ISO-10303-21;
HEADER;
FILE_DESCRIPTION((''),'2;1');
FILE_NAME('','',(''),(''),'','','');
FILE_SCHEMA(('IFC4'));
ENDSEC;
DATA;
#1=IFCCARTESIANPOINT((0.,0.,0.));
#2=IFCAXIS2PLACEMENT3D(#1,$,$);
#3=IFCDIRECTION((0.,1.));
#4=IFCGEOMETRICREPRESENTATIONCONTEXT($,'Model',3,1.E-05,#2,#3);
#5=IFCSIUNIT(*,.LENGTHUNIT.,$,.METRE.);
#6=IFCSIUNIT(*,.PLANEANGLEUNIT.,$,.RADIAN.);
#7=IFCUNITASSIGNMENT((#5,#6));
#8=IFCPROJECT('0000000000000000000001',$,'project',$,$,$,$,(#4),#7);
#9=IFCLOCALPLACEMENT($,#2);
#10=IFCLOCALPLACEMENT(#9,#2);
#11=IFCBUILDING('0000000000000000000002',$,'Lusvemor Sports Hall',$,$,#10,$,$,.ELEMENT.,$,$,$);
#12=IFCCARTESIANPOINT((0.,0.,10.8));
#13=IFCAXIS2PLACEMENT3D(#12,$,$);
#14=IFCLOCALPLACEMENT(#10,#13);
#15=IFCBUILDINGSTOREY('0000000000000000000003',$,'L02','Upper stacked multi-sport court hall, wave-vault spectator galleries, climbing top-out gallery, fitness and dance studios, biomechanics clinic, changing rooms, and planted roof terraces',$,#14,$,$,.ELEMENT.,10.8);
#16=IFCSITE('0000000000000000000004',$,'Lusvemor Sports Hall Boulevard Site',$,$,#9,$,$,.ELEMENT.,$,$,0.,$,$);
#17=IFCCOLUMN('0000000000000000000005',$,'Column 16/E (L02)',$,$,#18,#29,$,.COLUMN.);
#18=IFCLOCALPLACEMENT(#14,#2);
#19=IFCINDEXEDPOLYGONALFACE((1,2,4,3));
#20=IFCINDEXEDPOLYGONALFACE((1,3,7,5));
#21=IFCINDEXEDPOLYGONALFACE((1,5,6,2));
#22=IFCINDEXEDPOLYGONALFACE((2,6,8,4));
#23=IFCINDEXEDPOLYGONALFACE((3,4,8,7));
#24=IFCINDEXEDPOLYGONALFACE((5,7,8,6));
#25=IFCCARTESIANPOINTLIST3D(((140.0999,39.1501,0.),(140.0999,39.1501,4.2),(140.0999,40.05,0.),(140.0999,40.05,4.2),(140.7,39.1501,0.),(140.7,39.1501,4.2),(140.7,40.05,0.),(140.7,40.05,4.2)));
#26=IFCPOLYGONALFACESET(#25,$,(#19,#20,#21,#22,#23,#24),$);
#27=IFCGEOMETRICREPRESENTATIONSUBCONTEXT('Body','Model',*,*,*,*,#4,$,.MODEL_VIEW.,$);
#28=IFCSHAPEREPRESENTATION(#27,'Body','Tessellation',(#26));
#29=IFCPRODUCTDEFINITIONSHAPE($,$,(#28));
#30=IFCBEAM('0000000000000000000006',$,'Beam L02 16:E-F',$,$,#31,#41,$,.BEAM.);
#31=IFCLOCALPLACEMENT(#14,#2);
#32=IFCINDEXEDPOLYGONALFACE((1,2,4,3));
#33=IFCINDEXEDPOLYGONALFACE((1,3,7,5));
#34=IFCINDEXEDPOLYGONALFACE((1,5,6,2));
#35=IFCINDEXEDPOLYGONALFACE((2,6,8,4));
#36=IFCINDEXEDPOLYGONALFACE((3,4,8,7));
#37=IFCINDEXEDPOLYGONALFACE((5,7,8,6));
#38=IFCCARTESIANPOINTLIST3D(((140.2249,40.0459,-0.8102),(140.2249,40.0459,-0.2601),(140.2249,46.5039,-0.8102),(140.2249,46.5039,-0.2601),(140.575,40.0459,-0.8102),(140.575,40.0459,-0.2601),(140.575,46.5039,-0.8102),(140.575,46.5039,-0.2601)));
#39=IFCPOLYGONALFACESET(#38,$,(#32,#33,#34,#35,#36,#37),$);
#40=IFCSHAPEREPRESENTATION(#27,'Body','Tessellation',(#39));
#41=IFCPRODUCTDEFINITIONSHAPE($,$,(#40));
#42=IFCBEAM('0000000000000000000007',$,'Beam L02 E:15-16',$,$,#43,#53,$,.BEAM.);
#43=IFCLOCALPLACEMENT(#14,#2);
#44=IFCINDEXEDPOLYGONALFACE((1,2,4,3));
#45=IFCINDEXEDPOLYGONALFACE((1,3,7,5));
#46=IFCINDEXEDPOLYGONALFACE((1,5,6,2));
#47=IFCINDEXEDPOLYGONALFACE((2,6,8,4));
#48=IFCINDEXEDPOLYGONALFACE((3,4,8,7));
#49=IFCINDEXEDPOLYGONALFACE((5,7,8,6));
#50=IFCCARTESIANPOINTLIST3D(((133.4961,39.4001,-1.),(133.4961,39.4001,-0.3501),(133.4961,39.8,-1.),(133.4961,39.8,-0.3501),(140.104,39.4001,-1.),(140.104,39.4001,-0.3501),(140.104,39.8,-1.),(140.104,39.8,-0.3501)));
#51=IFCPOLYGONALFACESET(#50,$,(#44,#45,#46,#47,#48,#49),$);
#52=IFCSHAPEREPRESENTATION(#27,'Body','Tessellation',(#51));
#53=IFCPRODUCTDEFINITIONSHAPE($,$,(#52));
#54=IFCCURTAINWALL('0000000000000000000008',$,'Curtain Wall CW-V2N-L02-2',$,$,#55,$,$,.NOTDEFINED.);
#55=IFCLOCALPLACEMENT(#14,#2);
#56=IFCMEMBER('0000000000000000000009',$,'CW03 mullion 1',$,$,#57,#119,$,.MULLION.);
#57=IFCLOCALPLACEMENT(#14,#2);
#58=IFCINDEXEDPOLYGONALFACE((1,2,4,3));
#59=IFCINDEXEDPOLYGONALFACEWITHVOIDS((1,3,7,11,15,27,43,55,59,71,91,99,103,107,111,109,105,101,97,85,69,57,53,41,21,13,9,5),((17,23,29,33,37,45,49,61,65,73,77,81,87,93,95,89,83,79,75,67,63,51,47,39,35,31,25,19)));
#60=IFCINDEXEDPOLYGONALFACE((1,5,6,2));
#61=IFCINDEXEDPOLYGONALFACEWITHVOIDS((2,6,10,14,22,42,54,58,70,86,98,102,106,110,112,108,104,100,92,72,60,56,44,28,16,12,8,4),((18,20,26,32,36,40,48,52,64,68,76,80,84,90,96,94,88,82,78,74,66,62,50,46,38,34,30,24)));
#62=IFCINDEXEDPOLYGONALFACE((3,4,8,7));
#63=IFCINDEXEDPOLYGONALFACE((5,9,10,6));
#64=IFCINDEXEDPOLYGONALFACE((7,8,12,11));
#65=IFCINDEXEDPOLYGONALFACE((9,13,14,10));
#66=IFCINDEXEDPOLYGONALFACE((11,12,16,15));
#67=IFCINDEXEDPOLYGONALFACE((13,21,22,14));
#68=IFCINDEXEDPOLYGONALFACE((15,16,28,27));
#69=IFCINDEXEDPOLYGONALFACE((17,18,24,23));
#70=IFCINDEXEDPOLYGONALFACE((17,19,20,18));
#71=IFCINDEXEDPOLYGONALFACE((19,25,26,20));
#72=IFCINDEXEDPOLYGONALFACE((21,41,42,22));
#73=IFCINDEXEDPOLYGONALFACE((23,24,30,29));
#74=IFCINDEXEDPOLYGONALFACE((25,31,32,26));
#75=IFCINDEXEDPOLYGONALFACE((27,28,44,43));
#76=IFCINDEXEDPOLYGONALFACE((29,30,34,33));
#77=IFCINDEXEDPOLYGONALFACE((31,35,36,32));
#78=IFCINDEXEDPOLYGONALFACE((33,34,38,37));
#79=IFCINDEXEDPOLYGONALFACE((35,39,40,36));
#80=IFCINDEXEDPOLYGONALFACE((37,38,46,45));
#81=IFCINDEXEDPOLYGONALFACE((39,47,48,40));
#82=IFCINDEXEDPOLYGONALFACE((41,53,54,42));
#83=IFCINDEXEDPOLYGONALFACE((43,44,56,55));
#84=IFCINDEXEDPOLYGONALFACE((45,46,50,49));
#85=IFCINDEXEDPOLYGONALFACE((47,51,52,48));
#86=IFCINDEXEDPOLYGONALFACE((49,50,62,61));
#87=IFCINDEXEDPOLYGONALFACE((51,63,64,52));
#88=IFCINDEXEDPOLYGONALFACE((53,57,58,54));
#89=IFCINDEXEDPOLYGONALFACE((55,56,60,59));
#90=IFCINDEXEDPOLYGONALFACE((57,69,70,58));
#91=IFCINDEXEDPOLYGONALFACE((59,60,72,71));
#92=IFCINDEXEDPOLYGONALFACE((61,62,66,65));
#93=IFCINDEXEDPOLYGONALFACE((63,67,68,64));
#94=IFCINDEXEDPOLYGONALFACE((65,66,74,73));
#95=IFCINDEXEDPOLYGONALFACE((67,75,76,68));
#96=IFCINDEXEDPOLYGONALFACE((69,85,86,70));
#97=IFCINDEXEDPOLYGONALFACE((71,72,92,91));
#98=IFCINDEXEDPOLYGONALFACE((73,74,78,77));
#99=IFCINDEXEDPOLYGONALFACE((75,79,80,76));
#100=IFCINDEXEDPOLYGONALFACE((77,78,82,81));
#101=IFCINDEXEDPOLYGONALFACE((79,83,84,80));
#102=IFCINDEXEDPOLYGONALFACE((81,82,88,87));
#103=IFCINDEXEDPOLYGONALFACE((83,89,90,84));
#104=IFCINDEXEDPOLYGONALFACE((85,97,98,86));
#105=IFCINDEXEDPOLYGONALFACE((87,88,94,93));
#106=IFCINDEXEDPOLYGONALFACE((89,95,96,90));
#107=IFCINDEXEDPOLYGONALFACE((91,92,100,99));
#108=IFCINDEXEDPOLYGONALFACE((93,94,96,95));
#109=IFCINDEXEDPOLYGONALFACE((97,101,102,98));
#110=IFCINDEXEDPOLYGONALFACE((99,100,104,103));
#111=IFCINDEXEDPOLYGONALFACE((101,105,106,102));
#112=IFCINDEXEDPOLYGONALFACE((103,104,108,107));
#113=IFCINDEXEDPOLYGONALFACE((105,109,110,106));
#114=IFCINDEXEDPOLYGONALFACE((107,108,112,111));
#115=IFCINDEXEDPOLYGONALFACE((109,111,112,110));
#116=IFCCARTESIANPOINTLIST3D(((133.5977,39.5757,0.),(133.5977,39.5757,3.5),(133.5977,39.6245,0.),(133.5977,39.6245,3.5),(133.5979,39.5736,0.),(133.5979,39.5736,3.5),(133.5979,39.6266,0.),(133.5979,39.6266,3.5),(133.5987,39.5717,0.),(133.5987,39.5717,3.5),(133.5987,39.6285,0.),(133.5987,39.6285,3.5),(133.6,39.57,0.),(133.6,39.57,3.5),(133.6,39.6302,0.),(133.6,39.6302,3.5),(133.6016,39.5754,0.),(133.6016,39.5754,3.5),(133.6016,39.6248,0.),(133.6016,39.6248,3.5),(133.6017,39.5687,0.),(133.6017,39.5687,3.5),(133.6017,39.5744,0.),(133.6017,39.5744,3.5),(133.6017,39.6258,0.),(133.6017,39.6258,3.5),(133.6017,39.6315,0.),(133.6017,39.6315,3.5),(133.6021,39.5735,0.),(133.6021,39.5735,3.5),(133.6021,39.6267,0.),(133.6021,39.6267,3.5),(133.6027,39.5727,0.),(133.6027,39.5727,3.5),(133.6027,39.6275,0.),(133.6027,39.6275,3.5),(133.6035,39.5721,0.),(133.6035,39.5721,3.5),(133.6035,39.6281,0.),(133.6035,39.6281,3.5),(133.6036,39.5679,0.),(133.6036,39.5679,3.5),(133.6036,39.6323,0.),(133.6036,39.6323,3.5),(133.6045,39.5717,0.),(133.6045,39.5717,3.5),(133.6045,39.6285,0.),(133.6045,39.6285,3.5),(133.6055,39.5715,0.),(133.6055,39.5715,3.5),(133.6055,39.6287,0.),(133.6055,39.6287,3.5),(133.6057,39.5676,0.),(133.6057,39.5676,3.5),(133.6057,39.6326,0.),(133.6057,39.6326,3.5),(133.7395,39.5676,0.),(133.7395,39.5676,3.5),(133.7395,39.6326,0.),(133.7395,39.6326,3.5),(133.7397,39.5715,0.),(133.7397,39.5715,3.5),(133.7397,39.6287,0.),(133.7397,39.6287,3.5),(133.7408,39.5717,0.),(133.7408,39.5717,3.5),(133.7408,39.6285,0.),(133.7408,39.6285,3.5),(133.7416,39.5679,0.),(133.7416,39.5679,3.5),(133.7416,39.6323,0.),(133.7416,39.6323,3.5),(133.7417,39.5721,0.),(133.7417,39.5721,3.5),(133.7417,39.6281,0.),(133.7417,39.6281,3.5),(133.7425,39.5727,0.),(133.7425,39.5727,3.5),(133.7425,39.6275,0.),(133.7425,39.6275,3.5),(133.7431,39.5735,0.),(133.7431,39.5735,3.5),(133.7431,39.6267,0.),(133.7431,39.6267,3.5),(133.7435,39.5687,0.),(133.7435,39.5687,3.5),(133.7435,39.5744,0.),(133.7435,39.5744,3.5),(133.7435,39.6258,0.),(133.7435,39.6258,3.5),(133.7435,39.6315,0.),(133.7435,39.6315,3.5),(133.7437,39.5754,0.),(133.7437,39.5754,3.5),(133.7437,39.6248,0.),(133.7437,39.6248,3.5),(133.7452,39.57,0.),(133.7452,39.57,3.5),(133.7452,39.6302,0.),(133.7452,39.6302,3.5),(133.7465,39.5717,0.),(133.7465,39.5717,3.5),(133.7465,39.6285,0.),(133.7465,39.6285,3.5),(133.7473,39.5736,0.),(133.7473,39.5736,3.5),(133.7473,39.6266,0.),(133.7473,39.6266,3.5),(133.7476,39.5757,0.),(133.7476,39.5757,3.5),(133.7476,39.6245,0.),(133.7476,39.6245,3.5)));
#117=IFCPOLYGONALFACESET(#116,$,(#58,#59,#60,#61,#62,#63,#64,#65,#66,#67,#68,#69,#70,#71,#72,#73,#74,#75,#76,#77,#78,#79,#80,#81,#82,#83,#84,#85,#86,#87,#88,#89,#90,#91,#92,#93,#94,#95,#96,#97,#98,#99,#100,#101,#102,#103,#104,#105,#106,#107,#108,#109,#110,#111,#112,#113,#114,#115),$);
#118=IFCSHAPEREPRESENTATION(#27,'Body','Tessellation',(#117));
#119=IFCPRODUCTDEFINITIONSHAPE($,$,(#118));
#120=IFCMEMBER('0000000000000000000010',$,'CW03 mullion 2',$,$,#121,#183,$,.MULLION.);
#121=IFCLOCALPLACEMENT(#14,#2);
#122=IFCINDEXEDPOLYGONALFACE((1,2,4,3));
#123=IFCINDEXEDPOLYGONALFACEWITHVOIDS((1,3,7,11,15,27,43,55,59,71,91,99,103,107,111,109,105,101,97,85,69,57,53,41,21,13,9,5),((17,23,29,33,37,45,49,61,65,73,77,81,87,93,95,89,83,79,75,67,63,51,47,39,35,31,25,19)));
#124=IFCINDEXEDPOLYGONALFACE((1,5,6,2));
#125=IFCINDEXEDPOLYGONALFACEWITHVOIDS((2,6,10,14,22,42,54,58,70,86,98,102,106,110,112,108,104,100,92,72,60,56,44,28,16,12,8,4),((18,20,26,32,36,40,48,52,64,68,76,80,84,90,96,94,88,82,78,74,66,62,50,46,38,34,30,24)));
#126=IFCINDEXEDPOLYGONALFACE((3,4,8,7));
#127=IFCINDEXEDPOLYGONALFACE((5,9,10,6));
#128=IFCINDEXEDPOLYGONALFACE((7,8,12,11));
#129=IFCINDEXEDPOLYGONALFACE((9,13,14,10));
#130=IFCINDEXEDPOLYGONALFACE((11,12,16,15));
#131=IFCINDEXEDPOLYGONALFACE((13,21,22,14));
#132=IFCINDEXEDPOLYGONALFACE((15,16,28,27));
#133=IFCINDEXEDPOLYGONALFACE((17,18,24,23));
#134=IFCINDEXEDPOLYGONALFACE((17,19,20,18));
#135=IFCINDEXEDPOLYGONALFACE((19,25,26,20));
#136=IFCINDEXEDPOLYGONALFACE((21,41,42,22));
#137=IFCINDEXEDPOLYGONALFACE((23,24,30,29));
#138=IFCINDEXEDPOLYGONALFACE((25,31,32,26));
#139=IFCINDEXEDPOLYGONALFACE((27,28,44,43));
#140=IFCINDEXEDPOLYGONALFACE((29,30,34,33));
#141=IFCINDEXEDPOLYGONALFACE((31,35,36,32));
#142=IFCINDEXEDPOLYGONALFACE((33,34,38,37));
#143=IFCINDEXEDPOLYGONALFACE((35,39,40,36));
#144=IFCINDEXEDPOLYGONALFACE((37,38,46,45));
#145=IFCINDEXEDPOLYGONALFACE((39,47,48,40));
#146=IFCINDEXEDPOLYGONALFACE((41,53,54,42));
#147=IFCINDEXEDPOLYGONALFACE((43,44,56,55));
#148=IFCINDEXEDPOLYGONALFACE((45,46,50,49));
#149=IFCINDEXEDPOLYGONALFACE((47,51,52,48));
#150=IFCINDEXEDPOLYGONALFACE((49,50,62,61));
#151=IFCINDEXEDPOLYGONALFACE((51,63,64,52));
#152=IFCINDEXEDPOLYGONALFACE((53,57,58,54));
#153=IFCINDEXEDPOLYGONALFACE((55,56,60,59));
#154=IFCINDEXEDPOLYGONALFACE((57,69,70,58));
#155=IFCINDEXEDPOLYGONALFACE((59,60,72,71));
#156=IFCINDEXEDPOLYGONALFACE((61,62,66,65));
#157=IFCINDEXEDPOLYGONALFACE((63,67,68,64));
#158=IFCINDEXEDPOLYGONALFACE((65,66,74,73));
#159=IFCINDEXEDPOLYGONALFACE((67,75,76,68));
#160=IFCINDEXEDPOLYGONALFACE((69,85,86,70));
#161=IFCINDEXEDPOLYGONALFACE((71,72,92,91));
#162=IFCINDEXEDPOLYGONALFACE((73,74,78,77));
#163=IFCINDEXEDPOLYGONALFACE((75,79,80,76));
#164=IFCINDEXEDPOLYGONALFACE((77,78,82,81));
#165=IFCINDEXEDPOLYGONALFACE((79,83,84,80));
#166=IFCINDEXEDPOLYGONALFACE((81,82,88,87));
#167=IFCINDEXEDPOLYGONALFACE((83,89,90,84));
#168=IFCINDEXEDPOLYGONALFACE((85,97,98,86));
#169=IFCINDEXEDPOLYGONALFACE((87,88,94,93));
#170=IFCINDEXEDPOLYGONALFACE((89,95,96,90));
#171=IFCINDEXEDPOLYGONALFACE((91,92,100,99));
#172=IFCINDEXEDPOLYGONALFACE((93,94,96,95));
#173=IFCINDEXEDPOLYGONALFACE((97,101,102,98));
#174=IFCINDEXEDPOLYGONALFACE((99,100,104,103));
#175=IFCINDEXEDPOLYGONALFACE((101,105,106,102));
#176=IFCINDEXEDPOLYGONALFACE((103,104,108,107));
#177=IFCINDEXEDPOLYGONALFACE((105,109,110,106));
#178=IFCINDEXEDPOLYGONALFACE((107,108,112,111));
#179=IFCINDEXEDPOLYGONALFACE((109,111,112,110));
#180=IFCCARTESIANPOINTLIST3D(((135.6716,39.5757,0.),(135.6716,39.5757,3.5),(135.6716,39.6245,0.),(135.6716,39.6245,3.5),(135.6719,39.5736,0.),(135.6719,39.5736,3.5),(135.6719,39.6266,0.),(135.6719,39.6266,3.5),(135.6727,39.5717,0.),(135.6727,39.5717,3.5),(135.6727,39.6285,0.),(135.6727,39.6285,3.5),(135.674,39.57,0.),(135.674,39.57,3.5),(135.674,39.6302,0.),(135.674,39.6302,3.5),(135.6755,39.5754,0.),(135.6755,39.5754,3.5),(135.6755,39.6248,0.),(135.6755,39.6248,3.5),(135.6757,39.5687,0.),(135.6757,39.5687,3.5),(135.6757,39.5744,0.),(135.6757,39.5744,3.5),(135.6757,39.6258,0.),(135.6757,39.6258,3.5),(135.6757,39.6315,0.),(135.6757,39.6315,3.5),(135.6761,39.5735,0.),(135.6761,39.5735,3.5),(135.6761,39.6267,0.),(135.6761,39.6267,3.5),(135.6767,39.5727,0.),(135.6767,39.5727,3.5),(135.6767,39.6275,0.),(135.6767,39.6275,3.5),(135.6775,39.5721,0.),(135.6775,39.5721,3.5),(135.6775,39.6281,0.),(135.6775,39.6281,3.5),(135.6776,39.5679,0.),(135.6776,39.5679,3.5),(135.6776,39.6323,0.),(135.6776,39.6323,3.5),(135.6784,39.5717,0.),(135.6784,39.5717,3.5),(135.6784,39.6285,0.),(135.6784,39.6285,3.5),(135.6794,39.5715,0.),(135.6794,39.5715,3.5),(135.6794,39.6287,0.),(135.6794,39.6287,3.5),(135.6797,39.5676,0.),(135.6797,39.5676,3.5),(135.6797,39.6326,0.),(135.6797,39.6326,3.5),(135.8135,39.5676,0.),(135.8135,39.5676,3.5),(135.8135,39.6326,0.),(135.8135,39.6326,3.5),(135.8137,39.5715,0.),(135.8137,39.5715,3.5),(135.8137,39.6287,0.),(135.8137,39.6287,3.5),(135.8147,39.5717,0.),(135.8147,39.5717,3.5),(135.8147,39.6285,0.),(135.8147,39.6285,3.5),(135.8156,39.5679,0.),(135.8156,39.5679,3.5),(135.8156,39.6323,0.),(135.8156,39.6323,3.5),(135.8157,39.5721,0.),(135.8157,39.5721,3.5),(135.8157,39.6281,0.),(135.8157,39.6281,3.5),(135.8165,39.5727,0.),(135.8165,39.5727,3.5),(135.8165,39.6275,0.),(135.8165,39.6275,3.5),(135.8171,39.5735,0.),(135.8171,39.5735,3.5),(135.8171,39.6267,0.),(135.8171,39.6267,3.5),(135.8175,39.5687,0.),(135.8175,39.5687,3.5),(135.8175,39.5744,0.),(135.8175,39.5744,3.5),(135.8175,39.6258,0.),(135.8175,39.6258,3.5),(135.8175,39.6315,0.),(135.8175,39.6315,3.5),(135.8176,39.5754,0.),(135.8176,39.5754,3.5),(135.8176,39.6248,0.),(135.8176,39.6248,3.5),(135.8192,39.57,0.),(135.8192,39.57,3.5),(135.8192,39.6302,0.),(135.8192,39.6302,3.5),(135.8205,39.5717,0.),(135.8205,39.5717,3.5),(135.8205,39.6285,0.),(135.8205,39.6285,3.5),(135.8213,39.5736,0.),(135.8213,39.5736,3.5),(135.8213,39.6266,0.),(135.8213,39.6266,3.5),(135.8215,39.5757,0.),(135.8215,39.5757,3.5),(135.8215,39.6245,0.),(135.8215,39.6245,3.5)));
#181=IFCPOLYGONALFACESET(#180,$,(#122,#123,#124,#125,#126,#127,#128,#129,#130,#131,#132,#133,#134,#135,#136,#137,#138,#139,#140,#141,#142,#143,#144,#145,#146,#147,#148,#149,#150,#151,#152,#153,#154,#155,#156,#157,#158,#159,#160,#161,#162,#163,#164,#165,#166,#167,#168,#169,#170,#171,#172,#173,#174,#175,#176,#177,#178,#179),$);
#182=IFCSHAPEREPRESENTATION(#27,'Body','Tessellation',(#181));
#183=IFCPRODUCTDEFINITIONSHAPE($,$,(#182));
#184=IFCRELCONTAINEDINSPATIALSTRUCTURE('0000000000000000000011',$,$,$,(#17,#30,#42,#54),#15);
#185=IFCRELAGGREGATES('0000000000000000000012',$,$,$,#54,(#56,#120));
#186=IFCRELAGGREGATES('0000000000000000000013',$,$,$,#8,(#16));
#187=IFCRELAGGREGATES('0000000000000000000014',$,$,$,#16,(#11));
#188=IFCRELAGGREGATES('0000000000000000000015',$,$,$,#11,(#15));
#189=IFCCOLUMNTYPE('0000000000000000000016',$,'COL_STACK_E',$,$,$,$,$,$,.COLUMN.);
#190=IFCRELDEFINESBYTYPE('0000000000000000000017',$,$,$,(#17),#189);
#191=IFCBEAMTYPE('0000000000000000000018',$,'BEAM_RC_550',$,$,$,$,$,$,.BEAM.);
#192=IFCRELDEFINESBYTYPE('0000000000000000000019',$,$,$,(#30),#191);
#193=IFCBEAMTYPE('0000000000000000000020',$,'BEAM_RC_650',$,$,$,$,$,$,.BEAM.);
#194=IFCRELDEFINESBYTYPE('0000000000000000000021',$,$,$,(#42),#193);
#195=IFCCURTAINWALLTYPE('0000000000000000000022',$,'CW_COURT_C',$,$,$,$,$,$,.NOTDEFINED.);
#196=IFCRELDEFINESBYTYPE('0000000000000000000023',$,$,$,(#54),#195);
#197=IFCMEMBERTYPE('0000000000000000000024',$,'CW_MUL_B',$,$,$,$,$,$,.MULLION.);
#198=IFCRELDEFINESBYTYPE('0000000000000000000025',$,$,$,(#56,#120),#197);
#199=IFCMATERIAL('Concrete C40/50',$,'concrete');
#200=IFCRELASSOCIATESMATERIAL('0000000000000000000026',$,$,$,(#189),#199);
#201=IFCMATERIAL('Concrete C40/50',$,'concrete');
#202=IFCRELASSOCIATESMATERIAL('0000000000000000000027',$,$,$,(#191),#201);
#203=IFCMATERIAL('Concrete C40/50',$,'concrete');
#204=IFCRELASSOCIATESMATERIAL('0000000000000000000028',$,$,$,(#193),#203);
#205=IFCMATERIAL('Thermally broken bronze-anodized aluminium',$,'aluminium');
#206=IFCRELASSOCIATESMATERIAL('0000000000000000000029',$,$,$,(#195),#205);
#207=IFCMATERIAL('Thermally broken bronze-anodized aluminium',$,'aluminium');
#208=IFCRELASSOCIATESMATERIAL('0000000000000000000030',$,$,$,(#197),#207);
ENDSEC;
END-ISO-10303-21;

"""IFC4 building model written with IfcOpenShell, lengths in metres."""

from ifc_helpers import new_model, si_unit, direction, frame, origin, origin_2d, place, context, subcontext, project, spatial, rectangle, hollow_rectangle, extrude, material, material_profile, profile_set, type_object, element, aggregate, save


model = new_model("IFC4")

# Units and contexts
model_context = context("Model", 3, precision=1e-05, world=origin(), true_north=direction((0.0, 1.0)))
body_context = subcontext(model_context, "Body", "Model", "MODEL_VIEW")
ifc_project = project(units=[si_unit("LENGTHUNIT", "METRE"), si_unit("PLANEANGLEUNIT", "RADIAN")], contexts=[model_context])

# Site, building, storey
site_placement = place(None, origin())
site = spatial("IfcSite", under=ifc_project, at=site_placement, Name="Lusvemor Sports Hall Boulevard Site", CompositionType="ELEMENT", RefElevation=0.0)
building_placement = place(site_placement, origin())
building = spatial("IfcBuilding", under=site, at=building_placement, Name="Lusvemor Sports Hall", CompositionType="ELEMENT")
storey_placement = place(building_placement, frame((0.0, 0.0, 10.8)))
storey = spatial("IfcBuildingStorey", under=building, at=storey_placement, Name="L02", Description="Upper stacked multi-sport court hall, wave-vault spectator galleries, climbing top-out gallery, fitness and dance studios, biomechanics clinic, changing rooms, and planted roof terraces", CompositionType="ELEMENT", Elevation=10.8)

# Column
ifc_material_1 = material(Name="Concrete C40/50", Category="concrete")
ifc_material_profile_1 = material_profile(ifc_material_1, rectangle(XDim=0.6001, YDim=0.8999, at=origin_2d()), Name="RC600x900")
ifc_profile_set_1 = profile_set([ifc_material_profile_1], Name="Concrete C40/50")
column_type = type_object("IfcColumnType", Name="COL_STACK_E", PredefinedType="COLUMN", material=ifc_profile_set_1)
column_placement = place(storey_placement, frame((140.3999, 39.6001, 0.0), z_axis=(0.0, 0.0, 1.0), x_axis=(1.0, 0.0, 0.0)))
element("IfcColumn", 1, at=column_placement, inside=storey, type_object=column_type, Name="Column 16/E (L02)", PredefinedType="COLUMN", context=body_context, shape_type="SweptSolid", body=[
    extrude(rectangle(XDim=0.6001, YDim=0.8999, at=origin_2d()), origin(), (0.0, 0.0, 1.0), 4.2),
])

# Beams
ifc_material_2 = material(Name="Concrete C40/50", Category="concrete")
ifc_material_profile_2 = material_profile(ifc_material_2, rectangle(XDim=0.3501, YDim=0.55, at=origin_2d()), Name="RC350x550")
ifc_profile_set_2 = profile_set([ifc_material_profile_2], Name="Concrete C40/50")
beam_type_1 = type_object("IfcBeamType", Name="BEAM_RC_550", PredefinedType="BEAM", material=ifc_profile_set_2)
beam_1_placement = place(storey_placement, frame((140.3999, 40.0459, -0.5352), z_axis=(0.0, 1.0, 0.0), x_axis=(-1.0, 0.0, 0.0)))
element("IfcBeam", 2, at=beam_1_placement, inside=storey, type_object=beam_type_1, Name="Beam L02 16:E-F", PredefinedType="BEAM", context=body_context, shape_type="SweptSolid", body=[
    extrude(rectangle(XDim=0.3501, YDim=0.55, at=origin_2d()), origin(), (0.0, 0.0, 1.0), 6.458),
])
ifc_material_3 = material(Name="Concrete C40/50", Category="concrete")
ifc_material_profile_3 = material_profile(ifc_material_3, rectangle(XDim=0.3999, YDim=0.6499, at=origin_2d()), Name="RC400x650")
ifc_profile_set_3 = profile_set([ifc_material_profile_3], Name="Concrete C40/50")
beam_type_2 = type_object("IfcBeamType", Name="BEAM_RC_650", PredefinedType="BEAM", material=ifc_profile_set_3)
beam_2_placement = place(storey_placement, frame((133.4961, 39.6001, -0.675), z_axis=(1.0, 0.0, 0.0), x_axis=(0.0, 1.0, 0.0)))
element("IfcBeam", 3, at=beam_2_placement, inside=storey, type_object=beam_type_2, Name="Beam L02 E:15-16", PredefinedType="BEAM", context=body_context, shape_type="SweptSolid", body=[
    extrude(rectangle(XDim=0.3999, YDim=0.6499, at=origin_2d()), origin(), (0.0, 0.0, 1.0), 6.6079),
])

# Curtain wall, members
ifc_material_4 = material(Name="Thermally broken bronze-anodized aluminium", Category="aluminium")
curtain_wall_type = type_object("IfcCurtainWallType", Name="CW_COURT_C", PredefinedType="NOTDEFINED", material=ifc_material_4)
curtain_wall_placement = place(storey_placement, origin())
curtain_wall = element("IfcCurtainWall", 4, at=curtain_wall_placement, inside=storey, type_object=curtain_wall_type, Name="Curtain Wall CW-V2N-L02-2", PredefinedType="NOTDEFINED")
ifc_material_5 = material(Name="Thermally broken bronze-anodized aluminium", Category="aluminium")
ifc_material_profile_4 = material_profile(ifc_material_5, hollow_rectangle(XDim=0.0649, YDim=0.1499, WallThickness=0.0039, InnerFilletRadius=0.0039, OuterFilletRadius=0.0081, at=origin_2d()), Name="CWMUL150x65x4")
ifc_profile_set_4 = profile_set([ifc_material_profile_4], Name="Thermally broken bronze-anodized aluminium")
member_type_1 = type_object("IfcMemberType", Name="CW_MUL_B", PredefinedType="MULLION", material=ifc_profile_set_4)
member_1_placement = place(storey_placement, frame((133.6726, 39.6001, 0.0), z_axis=(0.0, 0.0, 1.0), x_axis=(0.0, 1.0, 0.0)))
member_1 = element("IfcMember", 5, at=member_1_placement, type_object=member_type_1, Name="CW03 mullion 1", PredefinedType="MULLION", context=body_context, shape_type="SweptSolid", body=[
    extrude(hollow_rectangle(XDim=0.0649, YDim=0.1499, WallThickness=0.0039, InnerFilletRadius=0.0039, OuterFilletRadius=0.0081, at=origin_2d()), origin(), (0.0, 0.0, 1.0), 3.5),
])
member_2_placement = place(storey_placement, frame((135.7466, 39.6001, 0.0), z_axis=(0.0, 0.0, 1.0), x_axis=(0.0, 1.0, 0.0)))
member_2 = element("IfcMember", 6, at=member_2_placement, type_object=member_type_1, Name="CW03 mullion 2", PredefinedType="MULLION", context=body_context, shape_type="SweptSolid", body=[
    extrude(hollow_rectangle(XDim=0.0649, YDim=0.1499, WallThickness=0.0039, InnerFilletRadius=0.0039, OuterFilletRadius=0.0081, at=origin_2d()), origin(), (0.0, 0.0, 1.0), 3.5),
])

aggregate(curtain_wall, [member_1, member_2])

save(model, "model.ifc")
